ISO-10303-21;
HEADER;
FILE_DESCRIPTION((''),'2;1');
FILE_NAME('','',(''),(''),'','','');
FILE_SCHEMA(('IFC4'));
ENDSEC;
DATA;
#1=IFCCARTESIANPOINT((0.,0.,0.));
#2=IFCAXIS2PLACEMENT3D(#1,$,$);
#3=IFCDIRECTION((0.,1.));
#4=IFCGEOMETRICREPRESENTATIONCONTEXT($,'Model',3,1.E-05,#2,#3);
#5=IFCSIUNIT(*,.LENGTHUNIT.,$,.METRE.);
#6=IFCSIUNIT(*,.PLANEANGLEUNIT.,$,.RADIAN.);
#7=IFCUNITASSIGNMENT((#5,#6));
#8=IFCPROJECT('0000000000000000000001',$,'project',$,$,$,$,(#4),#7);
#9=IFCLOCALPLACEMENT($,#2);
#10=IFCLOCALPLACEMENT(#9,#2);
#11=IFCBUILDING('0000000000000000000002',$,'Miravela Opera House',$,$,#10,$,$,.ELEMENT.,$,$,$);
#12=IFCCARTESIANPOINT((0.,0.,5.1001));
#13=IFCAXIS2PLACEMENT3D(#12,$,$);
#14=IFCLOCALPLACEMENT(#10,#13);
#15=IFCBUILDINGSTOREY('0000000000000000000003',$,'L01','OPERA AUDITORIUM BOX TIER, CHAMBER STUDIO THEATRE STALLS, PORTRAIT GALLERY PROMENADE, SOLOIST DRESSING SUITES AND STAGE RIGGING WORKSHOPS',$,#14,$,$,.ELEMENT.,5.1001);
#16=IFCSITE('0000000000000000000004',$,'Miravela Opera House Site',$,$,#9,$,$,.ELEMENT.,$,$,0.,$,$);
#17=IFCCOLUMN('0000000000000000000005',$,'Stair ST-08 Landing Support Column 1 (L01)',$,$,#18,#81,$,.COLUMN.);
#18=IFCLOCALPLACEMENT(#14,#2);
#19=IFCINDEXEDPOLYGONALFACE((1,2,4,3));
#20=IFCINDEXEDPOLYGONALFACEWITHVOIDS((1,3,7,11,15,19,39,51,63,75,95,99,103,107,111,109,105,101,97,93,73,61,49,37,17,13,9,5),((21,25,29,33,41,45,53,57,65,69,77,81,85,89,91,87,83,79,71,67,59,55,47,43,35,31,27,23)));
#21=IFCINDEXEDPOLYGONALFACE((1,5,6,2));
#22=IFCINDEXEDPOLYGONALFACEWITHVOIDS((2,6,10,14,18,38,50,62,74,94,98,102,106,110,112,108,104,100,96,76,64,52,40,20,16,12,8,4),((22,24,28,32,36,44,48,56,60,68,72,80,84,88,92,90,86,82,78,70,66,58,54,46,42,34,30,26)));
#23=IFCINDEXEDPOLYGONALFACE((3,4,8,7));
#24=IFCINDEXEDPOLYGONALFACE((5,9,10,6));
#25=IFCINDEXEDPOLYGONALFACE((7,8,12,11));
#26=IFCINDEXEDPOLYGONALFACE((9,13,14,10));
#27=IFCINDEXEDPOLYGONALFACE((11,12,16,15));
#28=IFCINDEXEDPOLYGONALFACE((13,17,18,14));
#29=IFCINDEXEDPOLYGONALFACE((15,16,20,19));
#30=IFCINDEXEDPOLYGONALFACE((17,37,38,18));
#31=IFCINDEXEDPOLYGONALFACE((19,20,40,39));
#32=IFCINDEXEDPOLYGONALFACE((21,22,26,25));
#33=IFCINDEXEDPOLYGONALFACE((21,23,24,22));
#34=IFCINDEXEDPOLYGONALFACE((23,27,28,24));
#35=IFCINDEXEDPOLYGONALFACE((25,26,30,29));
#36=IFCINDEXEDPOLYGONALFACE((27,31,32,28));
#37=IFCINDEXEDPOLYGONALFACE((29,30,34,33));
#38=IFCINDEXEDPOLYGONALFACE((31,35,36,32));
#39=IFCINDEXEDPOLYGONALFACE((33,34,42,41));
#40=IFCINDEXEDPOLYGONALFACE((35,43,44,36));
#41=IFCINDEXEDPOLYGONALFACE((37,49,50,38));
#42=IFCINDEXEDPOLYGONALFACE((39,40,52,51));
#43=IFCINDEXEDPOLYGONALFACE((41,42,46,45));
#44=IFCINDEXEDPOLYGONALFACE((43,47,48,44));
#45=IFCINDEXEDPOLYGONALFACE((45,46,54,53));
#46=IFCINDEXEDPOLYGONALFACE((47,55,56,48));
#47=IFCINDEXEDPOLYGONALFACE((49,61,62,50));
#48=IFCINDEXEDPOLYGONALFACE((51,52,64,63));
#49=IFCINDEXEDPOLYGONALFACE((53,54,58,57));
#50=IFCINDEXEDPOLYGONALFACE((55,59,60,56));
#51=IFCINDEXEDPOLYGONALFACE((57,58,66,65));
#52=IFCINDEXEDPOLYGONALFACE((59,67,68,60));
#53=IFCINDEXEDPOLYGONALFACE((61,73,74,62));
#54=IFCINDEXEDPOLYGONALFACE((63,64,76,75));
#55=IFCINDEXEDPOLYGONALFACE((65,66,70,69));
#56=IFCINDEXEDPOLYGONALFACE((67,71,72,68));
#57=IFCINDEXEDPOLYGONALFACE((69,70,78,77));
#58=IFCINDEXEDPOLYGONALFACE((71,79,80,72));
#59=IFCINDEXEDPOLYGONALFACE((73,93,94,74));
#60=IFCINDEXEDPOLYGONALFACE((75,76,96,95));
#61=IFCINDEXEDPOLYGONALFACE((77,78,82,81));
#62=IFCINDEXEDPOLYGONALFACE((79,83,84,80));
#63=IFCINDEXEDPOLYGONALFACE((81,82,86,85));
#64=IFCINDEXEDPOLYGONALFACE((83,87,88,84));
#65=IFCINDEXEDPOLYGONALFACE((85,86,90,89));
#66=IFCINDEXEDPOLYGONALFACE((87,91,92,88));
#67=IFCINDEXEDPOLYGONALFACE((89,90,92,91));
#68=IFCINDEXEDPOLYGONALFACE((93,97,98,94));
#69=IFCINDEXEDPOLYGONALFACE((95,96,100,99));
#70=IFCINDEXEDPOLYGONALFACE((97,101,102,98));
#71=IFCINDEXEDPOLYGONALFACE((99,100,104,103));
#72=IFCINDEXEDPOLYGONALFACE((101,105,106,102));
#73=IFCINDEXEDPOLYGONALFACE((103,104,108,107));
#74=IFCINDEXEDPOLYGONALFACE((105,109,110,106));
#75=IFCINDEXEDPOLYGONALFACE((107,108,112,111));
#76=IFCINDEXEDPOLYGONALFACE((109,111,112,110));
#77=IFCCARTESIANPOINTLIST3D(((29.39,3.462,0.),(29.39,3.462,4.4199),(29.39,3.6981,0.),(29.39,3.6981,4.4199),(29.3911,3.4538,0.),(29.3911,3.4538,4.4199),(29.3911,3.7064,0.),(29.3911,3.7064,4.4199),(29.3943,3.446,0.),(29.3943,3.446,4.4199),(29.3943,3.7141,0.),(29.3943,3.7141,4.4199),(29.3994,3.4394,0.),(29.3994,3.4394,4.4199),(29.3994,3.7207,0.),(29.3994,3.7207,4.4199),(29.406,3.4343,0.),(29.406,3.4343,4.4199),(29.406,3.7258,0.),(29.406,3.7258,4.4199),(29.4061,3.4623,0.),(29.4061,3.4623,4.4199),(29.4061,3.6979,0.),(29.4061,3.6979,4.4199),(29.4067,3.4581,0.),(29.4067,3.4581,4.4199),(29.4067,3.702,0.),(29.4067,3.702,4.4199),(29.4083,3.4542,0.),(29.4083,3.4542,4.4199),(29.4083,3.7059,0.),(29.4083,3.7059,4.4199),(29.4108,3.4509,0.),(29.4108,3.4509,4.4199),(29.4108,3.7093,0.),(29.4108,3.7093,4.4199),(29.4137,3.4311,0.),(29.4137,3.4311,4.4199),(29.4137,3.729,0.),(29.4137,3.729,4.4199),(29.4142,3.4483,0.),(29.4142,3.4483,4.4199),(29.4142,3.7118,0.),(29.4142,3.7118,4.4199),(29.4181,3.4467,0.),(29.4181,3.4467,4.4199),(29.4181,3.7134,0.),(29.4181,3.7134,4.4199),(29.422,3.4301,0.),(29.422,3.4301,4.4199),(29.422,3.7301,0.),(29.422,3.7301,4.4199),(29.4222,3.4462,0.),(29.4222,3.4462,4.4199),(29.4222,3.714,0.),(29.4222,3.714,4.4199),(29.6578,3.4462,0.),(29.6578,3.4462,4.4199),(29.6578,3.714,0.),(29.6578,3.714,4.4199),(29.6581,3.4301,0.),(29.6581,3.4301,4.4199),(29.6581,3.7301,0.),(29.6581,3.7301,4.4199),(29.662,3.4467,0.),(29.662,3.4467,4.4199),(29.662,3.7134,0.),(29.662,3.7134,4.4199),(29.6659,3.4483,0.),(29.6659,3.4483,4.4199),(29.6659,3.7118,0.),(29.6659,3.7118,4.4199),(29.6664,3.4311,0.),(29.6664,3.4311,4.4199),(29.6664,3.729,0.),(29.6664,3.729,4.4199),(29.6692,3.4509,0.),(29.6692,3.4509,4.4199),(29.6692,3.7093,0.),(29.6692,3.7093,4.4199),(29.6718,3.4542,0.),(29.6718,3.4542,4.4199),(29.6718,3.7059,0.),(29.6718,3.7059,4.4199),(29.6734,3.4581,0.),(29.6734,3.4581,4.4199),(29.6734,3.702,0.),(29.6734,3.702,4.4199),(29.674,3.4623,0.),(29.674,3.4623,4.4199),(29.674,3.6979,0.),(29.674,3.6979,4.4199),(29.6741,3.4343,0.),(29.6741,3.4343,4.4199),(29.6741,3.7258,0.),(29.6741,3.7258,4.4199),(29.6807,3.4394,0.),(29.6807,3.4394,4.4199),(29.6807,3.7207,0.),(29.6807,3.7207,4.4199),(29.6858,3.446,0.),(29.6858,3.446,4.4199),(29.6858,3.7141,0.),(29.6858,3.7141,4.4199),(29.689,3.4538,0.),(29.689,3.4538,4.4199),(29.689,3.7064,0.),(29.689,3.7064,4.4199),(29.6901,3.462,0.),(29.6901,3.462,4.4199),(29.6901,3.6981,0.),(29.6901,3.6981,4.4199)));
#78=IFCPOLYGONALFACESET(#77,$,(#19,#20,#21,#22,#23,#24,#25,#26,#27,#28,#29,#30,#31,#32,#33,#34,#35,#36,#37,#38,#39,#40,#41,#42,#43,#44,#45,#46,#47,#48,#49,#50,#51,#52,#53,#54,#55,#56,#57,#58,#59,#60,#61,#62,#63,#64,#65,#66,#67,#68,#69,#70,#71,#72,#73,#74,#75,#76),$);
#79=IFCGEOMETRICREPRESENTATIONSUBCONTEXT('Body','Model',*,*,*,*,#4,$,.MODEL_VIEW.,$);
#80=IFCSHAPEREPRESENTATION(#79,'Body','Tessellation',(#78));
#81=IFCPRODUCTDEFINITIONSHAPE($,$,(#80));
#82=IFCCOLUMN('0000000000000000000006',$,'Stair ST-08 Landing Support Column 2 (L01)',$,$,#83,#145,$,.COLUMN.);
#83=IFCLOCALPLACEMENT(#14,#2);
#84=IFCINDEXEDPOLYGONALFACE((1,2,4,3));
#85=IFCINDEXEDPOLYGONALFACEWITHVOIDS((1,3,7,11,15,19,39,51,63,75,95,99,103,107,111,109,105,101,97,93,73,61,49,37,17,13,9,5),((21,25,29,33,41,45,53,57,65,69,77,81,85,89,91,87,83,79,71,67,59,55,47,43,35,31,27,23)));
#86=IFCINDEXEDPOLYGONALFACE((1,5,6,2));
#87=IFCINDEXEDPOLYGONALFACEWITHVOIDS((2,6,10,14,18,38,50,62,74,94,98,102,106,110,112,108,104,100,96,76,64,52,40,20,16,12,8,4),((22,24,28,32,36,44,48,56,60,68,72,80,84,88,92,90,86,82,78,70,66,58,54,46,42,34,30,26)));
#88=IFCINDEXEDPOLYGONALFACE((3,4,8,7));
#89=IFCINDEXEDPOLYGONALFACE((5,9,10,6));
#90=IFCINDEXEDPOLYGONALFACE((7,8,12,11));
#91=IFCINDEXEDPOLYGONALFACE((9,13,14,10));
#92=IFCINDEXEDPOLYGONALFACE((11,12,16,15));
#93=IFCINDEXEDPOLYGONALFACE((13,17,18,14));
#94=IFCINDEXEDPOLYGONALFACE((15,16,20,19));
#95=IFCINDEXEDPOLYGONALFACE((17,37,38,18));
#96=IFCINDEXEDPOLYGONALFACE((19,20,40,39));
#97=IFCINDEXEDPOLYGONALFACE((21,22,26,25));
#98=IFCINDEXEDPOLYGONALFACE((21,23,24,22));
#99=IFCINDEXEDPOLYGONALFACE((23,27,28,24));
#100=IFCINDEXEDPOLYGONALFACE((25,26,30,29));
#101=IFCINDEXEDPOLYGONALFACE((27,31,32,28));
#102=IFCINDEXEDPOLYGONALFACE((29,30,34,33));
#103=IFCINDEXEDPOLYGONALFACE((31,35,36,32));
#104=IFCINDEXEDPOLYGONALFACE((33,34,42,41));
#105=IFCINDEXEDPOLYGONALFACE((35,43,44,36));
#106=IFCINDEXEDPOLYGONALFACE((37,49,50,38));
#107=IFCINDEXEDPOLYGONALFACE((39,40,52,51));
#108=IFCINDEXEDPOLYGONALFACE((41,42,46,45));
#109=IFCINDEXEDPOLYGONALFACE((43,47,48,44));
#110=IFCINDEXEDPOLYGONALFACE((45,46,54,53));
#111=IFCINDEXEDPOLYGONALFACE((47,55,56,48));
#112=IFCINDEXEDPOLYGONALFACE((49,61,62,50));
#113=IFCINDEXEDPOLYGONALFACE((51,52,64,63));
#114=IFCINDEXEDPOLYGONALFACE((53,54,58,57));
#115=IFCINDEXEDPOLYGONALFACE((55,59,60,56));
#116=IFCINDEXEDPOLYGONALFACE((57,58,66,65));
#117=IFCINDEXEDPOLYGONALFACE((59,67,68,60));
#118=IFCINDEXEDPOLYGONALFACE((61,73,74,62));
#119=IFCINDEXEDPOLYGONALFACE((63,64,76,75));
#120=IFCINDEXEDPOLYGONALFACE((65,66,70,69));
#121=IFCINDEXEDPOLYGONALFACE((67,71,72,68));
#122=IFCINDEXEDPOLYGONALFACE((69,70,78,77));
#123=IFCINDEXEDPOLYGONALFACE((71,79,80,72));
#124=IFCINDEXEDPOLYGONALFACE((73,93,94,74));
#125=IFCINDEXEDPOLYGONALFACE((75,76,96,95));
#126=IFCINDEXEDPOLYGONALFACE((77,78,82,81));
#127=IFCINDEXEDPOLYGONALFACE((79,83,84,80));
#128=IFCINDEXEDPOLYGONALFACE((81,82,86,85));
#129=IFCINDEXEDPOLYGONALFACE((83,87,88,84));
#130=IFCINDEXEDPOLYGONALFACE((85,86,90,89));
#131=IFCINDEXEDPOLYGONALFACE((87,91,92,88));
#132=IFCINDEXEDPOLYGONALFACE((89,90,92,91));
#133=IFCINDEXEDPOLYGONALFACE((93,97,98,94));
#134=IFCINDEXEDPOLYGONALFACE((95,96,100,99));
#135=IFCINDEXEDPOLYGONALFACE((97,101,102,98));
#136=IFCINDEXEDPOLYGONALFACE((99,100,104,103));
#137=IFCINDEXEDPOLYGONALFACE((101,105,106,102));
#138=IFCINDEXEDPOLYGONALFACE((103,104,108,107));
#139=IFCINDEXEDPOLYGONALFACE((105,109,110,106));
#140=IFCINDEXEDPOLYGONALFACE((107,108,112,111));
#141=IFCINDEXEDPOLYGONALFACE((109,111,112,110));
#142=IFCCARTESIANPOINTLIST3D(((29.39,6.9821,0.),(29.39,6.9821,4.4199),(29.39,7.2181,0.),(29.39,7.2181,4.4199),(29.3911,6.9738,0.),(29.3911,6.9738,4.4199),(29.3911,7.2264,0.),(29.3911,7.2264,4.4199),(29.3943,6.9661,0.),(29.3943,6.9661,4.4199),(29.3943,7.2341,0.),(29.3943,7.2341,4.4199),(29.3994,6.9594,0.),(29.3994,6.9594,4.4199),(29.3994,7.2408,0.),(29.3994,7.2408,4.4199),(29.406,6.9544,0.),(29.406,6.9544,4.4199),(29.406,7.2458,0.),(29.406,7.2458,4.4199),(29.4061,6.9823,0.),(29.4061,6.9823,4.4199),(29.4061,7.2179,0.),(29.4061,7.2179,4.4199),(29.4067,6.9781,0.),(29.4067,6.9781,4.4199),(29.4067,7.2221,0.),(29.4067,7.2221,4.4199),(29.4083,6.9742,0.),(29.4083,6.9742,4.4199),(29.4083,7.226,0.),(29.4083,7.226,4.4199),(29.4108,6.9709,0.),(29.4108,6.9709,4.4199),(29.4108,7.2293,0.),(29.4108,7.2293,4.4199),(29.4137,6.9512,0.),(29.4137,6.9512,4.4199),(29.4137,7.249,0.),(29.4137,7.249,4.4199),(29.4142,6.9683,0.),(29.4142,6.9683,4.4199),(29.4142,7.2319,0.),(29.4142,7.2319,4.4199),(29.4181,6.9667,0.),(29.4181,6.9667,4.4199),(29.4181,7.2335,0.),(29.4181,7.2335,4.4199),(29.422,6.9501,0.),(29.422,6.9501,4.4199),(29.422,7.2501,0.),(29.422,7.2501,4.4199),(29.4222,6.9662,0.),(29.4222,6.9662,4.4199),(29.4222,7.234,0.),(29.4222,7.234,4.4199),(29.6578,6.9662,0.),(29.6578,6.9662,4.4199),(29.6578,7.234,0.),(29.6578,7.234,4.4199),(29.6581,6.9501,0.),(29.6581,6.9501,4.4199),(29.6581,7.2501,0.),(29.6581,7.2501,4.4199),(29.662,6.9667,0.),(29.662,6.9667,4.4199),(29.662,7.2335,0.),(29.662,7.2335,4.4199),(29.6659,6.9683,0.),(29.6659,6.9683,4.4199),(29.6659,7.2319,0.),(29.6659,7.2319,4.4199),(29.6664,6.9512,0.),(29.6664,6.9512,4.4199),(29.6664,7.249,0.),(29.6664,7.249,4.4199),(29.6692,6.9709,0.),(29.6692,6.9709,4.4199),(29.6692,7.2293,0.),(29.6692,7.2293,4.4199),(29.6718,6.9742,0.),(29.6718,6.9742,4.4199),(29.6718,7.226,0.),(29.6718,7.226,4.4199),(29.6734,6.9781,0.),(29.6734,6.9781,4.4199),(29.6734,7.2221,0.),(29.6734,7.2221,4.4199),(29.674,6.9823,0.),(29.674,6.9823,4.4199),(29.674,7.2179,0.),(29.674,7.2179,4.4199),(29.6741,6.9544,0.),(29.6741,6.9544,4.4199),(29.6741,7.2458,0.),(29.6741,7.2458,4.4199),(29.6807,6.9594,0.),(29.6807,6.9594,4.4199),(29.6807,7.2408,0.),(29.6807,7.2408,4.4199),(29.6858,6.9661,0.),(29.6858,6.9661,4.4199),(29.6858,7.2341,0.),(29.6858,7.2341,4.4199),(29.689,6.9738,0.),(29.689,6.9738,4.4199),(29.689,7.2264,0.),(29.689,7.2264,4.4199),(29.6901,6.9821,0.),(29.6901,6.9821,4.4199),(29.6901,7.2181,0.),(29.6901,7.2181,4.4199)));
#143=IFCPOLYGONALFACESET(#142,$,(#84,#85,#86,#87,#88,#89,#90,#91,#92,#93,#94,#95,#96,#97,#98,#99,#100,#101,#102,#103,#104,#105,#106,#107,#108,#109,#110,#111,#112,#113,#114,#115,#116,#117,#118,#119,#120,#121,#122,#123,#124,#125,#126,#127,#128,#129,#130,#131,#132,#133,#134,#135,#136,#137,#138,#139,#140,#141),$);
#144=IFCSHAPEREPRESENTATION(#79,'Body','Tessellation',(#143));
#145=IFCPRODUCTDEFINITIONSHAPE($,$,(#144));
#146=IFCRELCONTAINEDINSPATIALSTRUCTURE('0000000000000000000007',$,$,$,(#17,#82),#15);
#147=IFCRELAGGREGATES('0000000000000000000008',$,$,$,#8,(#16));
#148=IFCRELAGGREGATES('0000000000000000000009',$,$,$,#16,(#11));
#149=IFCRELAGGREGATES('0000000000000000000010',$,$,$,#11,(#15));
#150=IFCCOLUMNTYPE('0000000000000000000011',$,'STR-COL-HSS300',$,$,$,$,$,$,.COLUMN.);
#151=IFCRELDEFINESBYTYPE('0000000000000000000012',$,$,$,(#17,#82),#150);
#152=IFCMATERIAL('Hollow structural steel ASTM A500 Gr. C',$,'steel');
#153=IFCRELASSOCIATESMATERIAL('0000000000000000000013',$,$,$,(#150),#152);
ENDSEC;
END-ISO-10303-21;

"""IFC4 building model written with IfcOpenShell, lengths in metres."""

from ifc_helpers import new_model, si_unit, direction, frame, origin, origin_2d, place, context, subcontext, project, spatial, hollow_rectangle, extrude, material, material_profile, profile_set, type_object, element, save


model = new_model("IFC4")

# Units and contexts
model_context = context("Model", 3, precision=1e-05, world=origin(), true_north=direction((0.0, 1.0)))
body_context = subcontext(model_context, "Body", "Model", "MODEL_VIEW")
ifc_project = project(units=[si_unit("LENGTHUNIT", "METRE"), si_unit("PLANEANGLEUNIT", "RADIAN")], contexts=[model_context])

# Site, building, storey
site_placement = place(None, origin())
site = spatial("IfcSite", under=ifc_project, at=site_placement, Name="Miravela Opera House Site", CompositionType="ELEMENT", RefElevation=0.0)
building_placement = place(site_placement, origin())
building = spatial("IfcBuilding", under=site, at=building_placement, Name="Miravela Opera House", CompositionType="ELEMENT")
storey_placement = place(building_placement, frame((0.0, 0.0, 5.1001)))
storey = spatial("IfcBuildingStorey", under=building, at=storey_placement, Name="L01", Description="OPERA AUDITORIUM BOX TIER, CHAMBER STUDIO THEATRE STALLS, PORTRAIT GALLERY PROMENADE, SOLOIST DRESSING SUITES AND STAGE RIGGING WORKSHOPS", CompositionType="ELEMENT", Elevation=5.1001)

# Columns
ifc_material_1 = material(Name="Hollow structural steel ASTM A500 Gr. C", Category="steel")
ifc_material_profile_1 = material_profile(ifc_material_1, hollow_rectangle(XDim=0.3, YDim=0.3, WallThickness=0.0161, InnerFilletRadius=0.0161, OuterFilletRadius=0.032, at=origin_2d()), Name="HSS300X300X16")
ifc_profile_set_1 = profile_set([ifc_material_profile_1])
column_type = type_object("IfcColumnType", Name="STR-COL-HSS300", PredefinedType="COLUMN", material=ifc_profile_set_1)
for number, where, z_axis, x_axis, name in (
    (1, (29.54, 3.5801, 0.0), (0.0, 0.0, 1.0), (1.0, 0.0, 0.0), "Stair ST-08 Landing Support Column 1 (L01)"),
    (2, (29.54, 7.1001, 0.0), (0.0, 0.0, 1.0), (1.0, 0.0, 0.0), "Stair ST-08 Landing Support Column 2 (L01)"),
):
    element("IfcColumn", number, at=place(storey_placement, frame(where, z_axis=z_axis, x_axis=x_axis)), inside=storey, type_object=column_type, Name=name, PredefinedType="COLUMN", context=body_context, shape_type="SweptSolid", body=[
        extrude(hollow_rectangle(XDim=0.3, YDim=0.3, WallThickness=0.0161, InnerFilletRadius=0.0161, OuterFilletRadius=0.032, at=origin_2d()), origin(), (0.0, 0.0, 1.0), 4.4199),
    ])

save(model, "model.ifc")
